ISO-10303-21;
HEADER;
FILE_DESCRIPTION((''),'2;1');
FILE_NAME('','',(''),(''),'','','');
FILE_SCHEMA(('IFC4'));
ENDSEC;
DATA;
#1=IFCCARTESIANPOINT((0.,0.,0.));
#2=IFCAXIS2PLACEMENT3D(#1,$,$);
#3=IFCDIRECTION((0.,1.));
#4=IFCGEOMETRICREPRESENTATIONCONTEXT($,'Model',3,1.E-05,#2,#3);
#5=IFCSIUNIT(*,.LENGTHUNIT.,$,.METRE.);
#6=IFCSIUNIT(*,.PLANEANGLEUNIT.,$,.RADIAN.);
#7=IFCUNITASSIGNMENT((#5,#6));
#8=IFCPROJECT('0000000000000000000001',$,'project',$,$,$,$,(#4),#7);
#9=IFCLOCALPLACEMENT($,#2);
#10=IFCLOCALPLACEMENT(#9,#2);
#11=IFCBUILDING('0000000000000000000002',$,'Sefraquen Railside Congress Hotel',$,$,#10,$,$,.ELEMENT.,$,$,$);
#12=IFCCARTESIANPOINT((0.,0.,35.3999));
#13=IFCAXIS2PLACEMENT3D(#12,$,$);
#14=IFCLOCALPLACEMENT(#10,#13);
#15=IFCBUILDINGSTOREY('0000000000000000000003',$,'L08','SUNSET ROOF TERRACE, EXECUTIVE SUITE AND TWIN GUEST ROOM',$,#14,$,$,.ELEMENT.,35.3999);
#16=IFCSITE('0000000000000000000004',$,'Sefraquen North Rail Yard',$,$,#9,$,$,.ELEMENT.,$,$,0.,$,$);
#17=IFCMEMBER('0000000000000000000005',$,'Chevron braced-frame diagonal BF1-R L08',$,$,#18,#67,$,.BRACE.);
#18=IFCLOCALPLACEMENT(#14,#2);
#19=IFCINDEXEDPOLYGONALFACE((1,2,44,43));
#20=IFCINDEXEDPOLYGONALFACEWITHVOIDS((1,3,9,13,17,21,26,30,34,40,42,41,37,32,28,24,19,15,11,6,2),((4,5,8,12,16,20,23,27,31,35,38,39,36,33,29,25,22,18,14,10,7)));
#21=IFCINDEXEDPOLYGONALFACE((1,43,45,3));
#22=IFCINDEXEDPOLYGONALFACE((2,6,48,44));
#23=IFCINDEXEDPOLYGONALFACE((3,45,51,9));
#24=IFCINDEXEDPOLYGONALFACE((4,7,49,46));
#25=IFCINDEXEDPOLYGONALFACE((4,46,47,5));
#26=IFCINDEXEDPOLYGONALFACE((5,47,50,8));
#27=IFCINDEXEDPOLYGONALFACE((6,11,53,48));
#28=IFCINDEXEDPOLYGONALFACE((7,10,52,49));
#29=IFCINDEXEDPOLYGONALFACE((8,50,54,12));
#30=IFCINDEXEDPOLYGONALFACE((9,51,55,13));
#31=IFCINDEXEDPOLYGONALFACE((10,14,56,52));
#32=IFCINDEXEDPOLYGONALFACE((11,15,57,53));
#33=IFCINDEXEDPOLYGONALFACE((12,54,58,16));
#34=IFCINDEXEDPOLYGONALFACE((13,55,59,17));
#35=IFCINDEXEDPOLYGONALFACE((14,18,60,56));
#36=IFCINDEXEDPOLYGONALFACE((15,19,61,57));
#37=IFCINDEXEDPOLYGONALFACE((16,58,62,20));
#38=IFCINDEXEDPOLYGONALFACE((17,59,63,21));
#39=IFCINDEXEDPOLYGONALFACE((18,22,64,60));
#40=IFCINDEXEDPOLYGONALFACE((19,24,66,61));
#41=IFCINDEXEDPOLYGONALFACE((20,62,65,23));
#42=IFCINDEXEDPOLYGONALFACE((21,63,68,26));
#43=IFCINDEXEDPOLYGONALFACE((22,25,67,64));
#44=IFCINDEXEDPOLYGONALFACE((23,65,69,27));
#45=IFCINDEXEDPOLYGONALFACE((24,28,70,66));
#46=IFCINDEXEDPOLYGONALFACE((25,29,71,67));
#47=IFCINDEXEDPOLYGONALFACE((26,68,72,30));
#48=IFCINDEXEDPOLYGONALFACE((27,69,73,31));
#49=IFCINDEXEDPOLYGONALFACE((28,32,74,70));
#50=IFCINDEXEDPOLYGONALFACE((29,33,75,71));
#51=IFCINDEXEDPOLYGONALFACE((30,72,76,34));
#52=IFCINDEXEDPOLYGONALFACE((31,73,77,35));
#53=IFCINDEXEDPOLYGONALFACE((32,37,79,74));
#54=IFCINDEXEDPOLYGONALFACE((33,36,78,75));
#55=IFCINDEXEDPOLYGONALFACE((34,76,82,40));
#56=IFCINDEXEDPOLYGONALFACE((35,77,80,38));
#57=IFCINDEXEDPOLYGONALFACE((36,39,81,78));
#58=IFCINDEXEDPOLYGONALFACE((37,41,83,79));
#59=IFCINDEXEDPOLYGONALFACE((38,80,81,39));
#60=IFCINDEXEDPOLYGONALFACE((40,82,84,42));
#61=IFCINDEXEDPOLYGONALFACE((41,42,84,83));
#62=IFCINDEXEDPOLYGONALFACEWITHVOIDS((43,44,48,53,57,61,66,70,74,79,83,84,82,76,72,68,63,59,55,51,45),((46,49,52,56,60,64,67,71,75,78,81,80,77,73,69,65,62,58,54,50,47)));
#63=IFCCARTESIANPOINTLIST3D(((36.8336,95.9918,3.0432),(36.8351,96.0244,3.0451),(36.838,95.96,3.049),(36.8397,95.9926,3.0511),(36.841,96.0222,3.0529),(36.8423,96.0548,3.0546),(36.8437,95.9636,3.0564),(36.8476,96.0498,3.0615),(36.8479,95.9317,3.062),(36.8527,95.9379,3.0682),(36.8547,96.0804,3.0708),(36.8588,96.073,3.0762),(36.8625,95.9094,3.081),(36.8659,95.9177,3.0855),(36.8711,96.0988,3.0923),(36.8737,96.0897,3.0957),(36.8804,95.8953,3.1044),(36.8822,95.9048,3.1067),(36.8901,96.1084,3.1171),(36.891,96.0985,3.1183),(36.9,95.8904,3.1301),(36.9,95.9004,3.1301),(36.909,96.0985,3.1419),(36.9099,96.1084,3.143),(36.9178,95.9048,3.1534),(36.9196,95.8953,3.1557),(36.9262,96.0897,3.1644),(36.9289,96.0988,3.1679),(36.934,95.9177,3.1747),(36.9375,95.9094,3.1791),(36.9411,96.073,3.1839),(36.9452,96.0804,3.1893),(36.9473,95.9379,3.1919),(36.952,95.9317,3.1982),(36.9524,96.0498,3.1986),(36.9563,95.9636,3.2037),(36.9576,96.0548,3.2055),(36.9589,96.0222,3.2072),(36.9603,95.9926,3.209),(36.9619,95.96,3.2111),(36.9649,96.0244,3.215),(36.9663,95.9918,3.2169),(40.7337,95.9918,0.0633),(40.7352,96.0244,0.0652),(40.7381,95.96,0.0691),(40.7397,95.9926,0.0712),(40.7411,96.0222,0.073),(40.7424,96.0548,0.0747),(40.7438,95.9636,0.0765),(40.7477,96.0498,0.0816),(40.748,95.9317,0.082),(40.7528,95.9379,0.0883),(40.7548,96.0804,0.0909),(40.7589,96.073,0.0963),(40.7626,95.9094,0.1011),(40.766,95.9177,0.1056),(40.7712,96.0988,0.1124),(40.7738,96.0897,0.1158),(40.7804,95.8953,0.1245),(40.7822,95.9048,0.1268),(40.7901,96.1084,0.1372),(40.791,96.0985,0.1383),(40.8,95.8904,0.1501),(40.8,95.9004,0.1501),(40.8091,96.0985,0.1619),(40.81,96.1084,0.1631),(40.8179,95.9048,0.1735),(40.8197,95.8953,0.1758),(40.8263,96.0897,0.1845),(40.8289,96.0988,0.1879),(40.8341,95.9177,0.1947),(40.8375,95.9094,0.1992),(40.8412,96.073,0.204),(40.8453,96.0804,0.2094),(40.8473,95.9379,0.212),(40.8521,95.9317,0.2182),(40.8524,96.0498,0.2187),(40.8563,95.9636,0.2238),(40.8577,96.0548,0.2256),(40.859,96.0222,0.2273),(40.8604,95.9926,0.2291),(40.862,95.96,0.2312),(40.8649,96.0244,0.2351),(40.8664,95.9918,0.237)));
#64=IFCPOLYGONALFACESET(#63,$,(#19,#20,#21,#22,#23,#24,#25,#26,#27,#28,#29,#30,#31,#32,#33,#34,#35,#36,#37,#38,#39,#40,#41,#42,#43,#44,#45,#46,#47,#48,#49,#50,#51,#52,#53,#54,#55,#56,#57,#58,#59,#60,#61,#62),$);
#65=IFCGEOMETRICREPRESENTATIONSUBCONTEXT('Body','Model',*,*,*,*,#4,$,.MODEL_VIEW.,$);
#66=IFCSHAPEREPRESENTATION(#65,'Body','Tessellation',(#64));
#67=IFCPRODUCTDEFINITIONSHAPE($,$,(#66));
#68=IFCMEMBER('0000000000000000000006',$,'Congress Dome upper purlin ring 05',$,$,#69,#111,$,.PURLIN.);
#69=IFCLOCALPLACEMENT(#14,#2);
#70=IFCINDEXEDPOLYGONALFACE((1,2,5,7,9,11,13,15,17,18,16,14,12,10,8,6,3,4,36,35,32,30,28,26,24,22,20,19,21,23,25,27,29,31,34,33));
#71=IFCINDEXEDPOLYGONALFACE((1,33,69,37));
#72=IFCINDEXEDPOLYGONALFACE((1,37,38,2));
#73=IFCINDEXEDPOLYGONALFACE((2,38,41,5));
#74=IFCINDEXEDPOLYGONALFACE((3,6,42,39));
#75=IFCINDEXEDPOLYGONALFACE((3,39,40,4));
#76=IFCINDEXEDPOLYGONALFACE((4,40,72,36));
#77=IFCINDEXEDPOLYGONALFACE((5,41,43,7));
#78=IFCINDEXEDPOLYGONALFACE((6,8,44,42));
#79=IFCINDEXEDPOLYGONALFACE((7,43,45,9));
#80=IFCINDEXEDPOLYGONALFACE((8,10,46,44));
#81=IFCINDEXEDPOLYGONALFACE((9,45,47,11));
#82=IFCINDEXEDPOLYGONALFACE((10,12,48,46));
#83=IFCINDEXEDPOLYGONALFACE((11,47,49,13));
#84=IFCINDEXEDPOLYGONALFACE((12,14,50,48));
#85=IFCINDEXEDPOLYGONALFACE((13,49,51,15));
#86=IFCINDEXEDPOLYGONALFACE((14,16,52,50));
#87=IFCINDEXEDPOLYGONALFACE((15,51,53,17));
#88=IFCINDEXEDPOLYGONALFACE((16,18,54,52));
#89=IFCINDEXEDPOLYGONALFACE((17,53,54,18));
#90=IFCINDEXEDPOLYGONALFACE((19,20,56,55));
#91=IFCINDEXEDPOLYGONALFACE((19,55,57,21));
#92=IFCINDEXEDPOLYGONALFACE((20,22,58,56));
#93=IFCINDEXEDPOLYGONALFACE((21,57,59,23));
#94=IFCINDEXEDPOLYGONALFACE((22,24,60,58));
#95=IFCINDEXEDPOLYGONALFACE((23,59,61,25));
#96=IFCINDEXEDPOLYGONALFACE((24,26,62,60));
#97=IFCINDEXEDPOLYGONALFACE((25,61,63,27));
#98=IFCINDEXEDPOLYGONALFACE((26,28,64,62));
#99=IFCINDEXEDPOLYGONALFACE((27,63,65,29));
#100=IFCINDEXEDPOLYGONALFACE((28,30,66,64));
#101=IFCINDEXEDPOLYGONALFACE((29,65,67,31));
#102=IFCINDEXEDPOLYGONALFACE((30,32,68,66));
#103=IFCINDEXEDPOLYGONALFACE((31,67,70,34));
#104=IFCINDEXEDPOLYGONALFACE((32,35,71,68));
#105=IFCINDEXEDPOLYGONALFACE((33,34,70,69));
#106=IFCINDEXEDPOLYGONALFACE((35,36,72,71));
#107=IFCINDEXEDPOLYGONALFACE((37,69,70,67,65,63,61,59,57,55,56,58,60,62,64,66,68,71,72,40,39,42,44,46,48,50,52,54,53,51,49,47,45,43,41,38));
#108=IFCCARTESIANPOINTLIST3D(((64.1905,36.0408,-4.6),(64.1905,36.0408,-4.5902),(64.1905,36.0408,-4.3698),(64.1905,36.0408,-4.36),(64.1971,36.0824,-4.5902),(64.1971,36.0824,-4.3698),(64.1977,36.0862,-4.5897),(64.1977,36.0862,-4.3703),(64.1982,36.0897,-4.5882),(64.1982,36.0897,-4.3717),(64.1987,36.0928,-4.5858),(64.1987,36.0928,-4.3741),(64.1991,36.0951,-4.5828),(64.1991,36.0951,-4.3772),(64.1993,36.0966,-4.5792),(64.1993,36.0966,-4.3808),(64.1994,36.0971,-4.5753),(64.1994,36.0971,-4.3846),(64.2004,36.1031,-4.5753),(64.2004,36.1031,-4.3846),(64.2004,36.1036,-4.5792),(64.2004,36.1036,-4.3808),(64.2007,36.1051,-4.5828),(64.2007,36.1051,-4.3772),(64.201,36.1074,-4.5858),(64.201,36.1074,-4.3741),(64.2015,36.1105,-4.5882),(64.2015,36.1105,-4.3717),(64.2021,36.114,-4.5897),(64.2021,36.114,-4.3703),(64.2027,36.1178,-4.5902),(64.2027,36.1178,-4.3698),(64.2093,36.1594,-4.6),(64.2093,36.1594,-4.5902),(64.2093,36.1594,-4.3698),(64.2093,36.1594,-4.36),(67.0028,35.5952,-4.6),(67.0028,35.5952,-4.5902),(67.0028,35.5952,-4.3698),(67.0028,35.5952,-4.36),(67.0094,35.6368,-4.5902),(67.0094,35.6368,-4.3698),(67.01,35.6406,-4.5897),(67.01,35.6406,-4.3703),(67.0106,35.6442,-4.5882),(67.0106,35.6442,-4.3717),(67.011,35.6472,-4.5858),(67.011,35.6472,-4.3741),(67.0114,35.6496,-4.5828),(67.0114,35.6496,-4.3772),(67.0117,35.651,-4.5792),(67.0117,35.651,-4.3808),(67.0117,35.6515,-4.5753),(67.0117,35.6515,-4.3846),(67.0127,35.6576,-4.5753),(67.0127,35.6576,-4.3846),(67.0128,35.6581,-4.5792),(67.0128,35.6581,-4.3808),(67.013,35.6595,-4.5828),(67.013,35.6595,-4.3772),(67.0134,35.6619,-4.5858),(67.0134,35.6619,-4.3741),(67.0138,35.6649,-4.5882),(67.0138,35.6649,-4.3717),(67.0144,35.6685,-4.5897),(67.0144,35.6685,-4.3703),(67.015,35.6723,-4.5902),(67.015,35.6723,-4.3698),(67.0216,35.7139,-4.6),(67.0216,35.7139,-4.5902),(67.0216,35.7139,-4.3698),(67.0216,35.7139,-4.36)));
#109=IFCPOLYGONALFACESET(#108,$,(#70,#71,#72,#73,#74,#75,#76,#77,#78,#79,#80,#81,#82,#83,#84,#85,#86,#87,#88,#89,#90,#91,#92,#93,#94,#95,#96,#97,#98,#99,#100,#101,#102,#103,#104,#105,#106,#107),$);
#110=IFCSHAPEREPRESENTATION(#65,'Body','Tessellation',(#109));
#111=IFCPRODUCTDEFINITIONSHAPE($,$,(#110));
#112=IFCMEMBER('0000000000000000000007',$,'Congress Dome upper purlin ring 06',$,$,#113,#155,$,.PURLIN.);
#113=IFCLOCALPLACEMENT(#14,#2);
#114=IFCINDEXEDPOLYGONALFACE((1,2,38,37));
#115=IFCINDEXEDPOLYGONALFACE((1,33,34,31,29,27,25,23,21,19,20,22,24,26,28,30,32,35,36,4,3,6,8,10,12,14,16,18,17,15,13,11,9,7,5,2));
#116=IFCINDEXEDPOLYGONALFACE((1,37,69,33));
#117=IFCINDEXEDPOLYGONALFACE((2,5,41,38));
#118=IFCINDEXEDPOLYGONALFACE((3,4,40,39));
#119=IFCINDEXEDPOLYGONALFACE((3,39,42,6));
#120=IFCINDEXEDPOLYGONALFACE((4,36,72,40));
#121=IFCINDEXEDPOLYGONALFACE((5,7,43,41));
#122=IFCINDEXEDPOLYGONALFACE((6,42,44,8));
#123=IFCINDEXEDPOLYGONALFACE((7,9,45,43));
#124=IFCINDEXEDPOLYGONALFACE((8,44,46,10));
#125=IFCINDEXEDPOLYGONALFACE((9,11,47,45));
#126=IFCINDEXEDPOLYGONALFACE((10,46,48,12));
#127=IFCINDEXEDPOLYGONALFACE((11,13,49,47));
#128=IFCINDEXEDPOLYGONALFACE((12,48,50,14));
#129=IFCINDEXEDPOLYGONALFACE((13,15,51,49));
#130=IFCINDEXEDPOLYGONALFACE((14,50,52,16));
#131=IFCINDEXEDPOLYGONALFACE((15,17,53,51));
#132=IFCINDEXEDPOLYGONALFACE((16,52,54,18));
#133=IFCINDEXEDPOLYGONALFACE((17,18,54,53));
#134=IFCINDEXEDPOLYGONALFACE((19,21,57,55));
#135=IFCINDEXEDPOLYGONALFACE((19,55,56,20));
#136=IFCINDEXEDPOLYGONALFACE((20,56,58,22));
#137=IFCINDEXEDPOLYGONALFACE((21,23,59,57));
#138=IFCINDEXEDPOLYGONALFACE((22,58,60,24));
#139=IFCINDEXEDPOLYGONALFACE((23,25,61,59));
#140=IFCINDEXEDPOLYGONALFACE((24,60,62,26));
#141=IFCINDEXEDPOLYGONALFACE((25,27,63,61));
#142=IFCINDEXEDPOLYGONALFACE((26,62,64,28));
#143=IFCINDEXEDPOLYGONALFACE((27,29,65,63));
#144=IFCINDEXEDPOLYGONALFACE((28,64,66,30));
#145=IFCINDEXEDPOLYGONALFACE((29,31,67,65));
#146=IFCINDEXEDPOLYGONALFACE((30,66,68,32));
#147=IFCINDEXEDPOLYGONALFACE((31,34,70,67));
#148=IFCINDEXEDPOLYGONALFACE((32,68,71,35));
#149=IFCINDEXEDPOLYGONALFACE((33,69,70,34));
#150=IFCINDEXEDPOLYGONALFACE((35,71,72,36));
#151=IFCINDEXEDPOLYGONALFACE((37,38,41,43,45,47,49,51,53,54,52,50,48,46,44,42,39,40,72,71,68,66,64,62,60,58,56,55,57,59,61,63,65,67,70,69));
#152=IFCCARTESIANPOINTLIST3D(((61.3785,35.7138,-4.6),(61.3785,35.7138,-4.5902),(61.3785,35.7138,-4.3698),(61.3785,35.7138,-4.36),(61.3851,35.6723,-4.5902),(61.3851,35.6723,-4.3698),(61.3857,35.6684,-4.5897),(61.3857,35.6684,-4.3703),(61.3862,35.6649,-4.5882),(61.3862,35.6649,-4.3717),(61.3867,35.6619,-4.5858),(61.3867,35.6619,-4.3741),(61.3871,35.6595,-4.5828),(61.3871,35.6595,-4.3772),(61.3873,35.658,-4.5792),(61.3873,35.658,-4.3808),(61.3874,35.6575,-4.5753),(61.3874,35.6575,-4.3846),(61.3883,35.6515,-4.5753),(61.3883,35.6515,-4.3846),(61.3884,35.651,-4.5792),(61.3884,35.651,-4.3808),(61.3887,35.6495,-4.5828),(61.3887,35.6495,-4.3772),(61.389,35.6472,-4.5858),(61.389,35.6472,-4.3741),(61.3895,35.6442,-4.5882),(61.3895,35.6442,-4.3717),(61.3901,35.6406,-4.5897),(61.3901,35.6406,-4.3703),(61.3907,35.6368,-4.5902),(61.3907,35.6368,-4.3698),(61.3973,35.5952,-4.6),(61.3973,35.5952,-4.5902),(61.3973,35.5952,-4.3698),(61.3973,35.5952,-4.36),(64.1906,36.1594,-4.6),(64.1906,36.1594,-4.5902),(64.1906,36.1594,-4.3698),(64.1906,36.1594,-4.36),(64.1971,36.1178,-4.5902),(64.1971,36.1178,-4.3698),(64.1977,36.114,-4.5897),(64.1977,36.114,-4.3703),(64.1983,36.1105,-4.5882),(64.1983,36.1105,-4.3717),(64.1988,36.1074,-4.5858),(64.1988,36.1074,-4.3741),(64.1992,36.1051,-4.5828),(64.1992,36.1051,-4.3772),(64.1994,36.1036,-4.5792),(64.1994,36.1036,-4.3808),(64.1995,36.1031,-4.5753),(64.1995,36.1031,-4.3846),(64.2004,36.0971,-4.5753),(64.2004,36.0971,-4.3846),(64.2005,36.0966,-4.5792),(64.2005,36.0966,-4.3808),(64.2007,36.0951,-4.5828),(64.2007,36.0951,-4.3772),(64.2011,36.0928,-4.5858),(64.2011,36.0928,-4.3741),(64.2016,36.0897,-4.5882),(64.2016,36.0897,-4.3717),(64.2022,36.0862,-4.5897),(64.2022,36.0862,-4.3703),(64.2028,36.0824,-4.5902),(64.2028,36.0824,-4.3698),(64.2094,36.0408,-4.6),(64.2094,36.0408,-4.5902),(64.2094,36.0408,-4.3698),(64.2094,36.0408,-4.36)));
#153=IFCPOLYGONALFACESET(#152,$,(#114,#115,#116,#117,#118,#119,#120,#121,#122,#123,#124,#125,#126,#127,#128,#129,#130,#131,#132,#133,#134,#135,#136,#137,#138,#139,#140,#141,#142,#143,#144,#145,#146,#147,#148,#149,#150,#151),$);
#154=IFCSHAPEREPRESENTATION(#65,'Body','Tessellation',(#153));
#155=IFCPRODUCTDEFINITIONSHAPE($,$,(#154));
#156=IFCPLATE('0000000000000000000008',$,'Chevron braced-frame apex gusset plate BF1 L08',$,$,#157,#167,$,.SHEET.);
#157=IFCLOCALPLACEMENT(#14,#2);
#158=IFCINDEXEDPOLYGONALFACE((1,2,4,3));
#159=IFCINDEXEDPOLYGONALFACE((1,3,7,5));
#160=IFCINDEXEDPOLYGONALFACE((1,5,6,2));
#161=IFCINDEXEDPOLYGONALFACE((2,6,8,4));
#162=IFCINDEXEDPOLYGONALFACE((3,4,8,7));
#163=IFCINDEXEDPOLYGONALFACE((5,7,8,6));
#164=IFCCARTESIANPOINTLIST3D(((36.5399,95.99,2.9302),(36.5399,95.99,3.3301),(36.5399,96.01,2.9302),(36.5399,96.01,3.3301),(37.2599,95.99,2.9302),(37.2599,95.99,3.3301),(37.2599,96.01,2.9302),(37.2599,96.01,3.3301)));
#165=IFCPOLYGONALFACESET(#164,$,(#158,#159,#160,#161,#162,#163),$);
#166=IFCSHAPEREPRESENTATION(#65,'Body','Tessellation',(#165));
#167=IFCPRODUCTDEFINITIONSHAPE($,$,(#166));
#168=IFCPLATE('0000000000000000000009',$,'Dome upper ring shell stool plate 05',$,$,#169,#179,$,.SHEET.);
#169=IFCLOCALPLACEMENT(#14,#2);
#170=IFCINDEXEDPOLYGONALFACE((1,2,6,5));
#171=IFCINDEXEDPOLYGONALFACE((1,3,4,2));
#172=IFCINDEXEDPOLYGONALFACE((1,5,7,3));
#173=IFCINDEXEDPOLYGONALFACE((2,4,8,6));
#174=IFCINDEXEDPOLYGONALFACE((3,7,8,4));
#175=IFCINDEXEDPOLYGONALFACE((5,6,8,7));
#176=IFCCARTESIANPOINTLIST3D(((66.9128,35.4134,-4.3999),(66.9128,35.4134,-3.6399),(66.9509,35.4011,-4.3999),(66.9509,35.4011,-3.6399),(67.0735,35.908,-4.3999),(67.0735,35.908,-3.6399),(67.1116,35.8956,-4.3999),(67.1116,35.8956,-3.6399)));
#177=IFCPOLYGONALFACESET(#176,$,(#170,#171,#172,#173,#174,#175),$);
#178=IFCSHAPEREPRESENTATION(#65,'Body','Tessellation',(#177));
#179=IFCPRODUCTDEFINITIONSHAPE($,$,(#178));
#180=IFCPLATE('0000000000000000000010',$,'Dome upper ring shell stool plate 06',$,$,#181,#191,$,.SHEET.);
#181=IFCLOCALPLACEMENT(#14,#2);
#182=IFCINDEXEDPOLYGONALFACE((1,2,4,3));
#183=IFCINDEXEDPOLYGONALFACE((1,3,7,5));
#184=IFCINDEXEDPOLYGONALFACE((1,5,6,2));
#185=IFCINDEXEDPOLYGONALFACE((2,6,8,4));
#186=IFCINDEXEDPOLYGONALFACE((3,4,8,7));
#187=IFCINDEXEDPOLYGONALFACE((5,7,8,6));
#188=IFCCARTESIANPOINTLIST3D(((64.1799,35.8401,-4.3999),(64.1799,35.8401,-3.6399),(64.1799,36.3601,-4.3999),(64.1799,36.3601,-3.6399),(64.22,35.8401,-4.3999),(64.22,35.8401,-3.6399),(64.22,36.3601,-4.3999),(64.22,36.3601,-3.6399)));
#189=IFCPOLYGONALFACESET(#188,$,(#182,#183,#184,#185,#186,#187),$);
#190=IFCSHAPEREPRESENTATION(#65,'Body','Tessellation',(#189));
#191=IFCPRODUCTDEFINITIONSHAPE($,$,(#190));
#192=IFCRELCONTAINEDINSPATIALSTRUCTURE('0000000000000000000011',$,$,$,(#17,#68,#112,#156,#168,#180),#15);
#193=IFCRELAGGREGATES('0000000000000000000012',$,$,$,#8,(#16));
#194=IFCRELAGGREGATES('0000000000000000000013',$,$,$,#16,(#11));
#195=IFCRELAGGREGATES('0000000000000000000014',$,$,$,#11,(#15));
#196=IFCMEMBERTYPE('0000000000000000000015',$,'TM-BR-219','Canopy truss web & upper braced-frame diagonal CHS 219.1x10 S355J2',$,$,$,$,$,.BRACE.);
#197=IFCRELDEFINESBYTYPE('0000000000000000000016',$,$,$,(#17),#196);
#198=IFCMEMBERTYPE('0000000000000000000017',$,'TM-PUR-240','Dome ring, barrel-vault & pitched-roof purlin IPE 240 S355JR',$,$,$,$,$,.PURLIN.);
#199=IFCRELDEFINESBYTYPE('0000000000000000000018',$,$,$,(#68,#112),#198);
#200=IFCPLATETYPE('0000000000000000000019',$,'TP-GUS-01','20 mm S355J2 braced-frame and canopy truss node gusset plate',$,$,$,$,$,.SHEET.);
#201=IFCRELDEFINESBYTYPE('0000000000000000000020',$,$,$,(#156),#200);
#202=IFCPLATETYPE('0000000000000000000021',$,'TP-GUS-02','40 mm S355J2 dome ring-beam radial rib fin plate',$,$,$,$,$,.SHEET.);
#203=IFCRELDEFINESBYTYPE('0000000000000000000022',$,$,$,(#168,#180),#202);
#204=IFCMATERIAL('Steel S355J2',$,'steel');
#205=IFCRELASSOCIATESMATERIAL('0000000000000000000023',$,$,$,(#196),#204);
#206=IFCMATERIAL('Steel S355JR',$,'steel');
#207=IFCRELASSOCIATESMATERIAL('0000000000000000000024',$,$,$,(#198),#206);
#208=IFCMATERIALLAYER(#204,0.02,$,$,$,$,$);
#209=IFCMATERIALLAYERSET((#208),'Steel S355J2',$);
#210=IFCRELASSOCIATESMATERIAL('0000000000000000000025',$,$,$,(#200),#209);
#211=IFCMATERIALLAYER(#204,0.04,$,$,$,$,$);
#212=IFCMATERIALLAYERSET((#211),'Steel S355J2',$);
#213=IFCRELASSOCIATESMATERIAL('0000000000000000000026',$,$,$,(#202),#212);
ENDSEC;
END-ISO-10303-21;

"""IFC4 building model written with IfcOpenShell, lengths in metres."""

from ifc_helpers import new_model, si_unit, direction, frame, origin, origin_2d, place, context, subcontext, project, spatial, rectangle, hollow_circle, i_section, extrude, material, layer, layer_set, material_profile, profile_set, type_object, element, save


model = new_model("IFC4")

# Units and contexts
model_context = context("Model", 3, precision=1e-05, world=origin(), true_north=direction((0.0, 1.0)))
body_context = subcontext(model_context, "Body", "Model", "MODEL_VIEW")
ifc_project = project(units=[si_unit("LENGTHUNIT", "METRE"), si_unit("PLANEANGLEUNIT", "RADIAN")], contexts=[model_context])

# Site, building, storey
site_placement = place(None, origin())
site = spatial("IfcSite", under=ifc_project, at=site_placement, Name="Sefraquen North Rail Yard", CompositionType="ELEMENT", RefElevation=0.0)
building_placement = place(site_placement, origin())
building = spatial("IfcBuilding", under=site, at=building_placement, Name="Sefraquen Railside Congress Hotel", CompositionType="ELEMENT")
storey_placement = place(building_placement, frame((0.0, 0.0, 35.3999)))
storey = spatial("IfcBuildingStorey", under=building, at=storey_placement, Name="L08", Description="SUNSET ROOF TERRACE, EXECUTIVE SUITE AND TWIN GUEST ROOM", CompositionType="ELEMENT", Elevation=35.3999)

# Shared definitions
ifc_material_1 = material(Name="Steel S355JR", Category="steel")

# Members
ifc_material_2 = material(Name="Steel S355J2", Category="steel")
ifc_material_profile_1 = material_profile(ifc_material_2, hollow_circle(Radius=0.1096, WallThickness=0.01, at=origin_2d()), Name="CHS 219.1x10")
ifc_profile_set_1 = profile_set([ifc_material_profile_1], Name="Steel S355J2")
member_type_1 = type_object("IfcMemberType", Name="TM-BR-219", Description="Canopy truss web & upper braced-frame diagonal CHS 219.1x10 S355J2", PredefinedType="BRACE", material=ifc_profile_set_1)
for number, where, z_axis, x_axis, name in (
    (1, (40.8, 96.0, 0.1501), (-0.794602, 0.0, 0.607131), (0.0, -1.0, 0.0), "Chevron braced-frame diagonal BF1-R L08"),
):
    element("IfcMember", number, at=place(storey_placement, frame(where, z_axis=z_axis, x_axis=x_axis)), inside=storey, type_object=member_type_1, Name=name, PredefinedType="BRACE", context=body_context, shape_type="SweptSolid", body=[
        extrude(hollow_circle(Radius=0.1096, WallThickness=0.01, at=origin_2d()), origin(), (0.0, 0.0, 1.0), 4.9082),
    ])
ifc_material_profile_2 = material_profile(ifc_material_1, i_section(OverallWidth=0.1201, OverallDepth=0.24, WebThickness=0.0061, FlangeThickness=0.0098, FilletRadius=0.0149, at=origin_2d()), Name="IPE 240")
ifc_profile_set_2 = profile_set([ifc_material_profile_2], Name="Steel S355JR")
member_type_2 = type_object("IfcMemberType", Name="TM-PUR-240", Description="Dome ring, barrel-vault & pitched-roof purlin IPE 240 S355JR", PredefinedType="PURLIN", material=ifc_profile_set_2)
member_1_placement = place(storey_placement, frame((67.0122, 35.6545, -4.48), z_axis=(-0.987681, 0.156482, 0.0), x_axis=(-0.156482, -0.987681, 0.0)))
element("IfcMember", 2, at=member_1_placement, inside=storey, type_object=member_type_2, Name="Congress Dome upper purlin ring 05", PredefinedType="PURLIN", context=body_context, shape_type="SweptSolid", body=[
    extrude(i_section(OverallWidth=0.1201, OverallDepth=0.24, WebThickness=0.0061, FlangeThickness=0.0098, FilletRadius=0.0149, at=origin_2d()), origin(), (0.0, 0.0, 1.0), 2.8474),
])
member_2_placement = place(storey_placement, frame((64.2, 36.1001, -4.48), z_axis=(-0.987679, -0.156495, 0.0), x_axis=(0.156495, -0.987679, 0.0)))
element("IfcMember", 3, at=member_2_placement, inside=storey, type_object=member_type_2, Name="Congress Dome upper purlin ring 06", PredefinedType="PURLIN", context=body_context, shape_type="SweptSolid", body=[
    extrude(i_section(OverallWidth=0.1201, OverallDepth=0.24, WebThickness=0.0061, FlangeThickness=0.0098, FilletRadius=0.0149, at=origin_2d()), origin(), (0.0, 0.0, 1.0), 2.8472),
])

# Plates
ifc_layer_1 = layer(ifc_material_2, 0.02)
ifc_layer_set_1 = layer_set([ifc_layer_1], Name="Steel S355J2")
plate_type_1 = type_object("IfcPlateType", Name="TP-GUS-01", Description="20 mm S355J2 braced-frame and canopy truss node gusset plate", PredefinedType="SHEET", material=ifc_layer_set_1)
plate_placement = place(storey_placement, frame((36.8999, 96.0, 2.9302), z_axis=(0.0, 0.0, 1.0), x_axis=(1.0, 0.0, 0.0)))
element("IfcPlate", 4, at=plate_placement, inside=storey, type_object=plate_type_1, Name="Chevron braced-frame apex gusset plate BF1 L08", PredefinedType="SHEET", context=body_context, shape_type="SweptSolid", body=[
    extrude(rectangle(XDim=0.72, YDim=0.02, at=origin_2d()), origin(), (0.0, 0.0, 1.0), 0.3999),
])
ifc_layer_2 = layer(ifc_material_2, 0.04)
ifc_layer_set_2 = layer_set([ifc_layer_2], Name="Steel S355J2")
plate_type_2 = type_object("IfcPlateType", Name="TP-GUS-02", Description="40 mm S355J2 dome ring-beam radial rib fin plate", PredefinedType="SHEET", material=ifc_layer_set_2)
for number, where, z_axis, x_axis, name in (
    (5, (67.0122, 35.6545, -4.3999), (0.0, 0.0, 1.0), (0.309017, 0.951057, 0.0), "Dome upper ring shell stool plate 05"),
    (6, (64.2, 36.1001, -4.3999), (0.0, 0.0, 1.0), (0.0, 1.0, 0.0), "Dome upper ring shell stool plate 06"),
):
    element("IfcPlate", number, at=place(storey_placement, frame(where, z_axis=z_axis, x_axis=x_axis)), inside=storey, type_object=plate_type_2, Name=name, PredefinedType="SHEET", context=body_context, shape_type="SweptSolid", body=[
        extrude(rectangle(XDim=0.52, YDim=0.04, at=origin_2d()), origin(), (0.0, 0.0, 1.0), 0.76),
    ])

save(model, "model.ifc")
